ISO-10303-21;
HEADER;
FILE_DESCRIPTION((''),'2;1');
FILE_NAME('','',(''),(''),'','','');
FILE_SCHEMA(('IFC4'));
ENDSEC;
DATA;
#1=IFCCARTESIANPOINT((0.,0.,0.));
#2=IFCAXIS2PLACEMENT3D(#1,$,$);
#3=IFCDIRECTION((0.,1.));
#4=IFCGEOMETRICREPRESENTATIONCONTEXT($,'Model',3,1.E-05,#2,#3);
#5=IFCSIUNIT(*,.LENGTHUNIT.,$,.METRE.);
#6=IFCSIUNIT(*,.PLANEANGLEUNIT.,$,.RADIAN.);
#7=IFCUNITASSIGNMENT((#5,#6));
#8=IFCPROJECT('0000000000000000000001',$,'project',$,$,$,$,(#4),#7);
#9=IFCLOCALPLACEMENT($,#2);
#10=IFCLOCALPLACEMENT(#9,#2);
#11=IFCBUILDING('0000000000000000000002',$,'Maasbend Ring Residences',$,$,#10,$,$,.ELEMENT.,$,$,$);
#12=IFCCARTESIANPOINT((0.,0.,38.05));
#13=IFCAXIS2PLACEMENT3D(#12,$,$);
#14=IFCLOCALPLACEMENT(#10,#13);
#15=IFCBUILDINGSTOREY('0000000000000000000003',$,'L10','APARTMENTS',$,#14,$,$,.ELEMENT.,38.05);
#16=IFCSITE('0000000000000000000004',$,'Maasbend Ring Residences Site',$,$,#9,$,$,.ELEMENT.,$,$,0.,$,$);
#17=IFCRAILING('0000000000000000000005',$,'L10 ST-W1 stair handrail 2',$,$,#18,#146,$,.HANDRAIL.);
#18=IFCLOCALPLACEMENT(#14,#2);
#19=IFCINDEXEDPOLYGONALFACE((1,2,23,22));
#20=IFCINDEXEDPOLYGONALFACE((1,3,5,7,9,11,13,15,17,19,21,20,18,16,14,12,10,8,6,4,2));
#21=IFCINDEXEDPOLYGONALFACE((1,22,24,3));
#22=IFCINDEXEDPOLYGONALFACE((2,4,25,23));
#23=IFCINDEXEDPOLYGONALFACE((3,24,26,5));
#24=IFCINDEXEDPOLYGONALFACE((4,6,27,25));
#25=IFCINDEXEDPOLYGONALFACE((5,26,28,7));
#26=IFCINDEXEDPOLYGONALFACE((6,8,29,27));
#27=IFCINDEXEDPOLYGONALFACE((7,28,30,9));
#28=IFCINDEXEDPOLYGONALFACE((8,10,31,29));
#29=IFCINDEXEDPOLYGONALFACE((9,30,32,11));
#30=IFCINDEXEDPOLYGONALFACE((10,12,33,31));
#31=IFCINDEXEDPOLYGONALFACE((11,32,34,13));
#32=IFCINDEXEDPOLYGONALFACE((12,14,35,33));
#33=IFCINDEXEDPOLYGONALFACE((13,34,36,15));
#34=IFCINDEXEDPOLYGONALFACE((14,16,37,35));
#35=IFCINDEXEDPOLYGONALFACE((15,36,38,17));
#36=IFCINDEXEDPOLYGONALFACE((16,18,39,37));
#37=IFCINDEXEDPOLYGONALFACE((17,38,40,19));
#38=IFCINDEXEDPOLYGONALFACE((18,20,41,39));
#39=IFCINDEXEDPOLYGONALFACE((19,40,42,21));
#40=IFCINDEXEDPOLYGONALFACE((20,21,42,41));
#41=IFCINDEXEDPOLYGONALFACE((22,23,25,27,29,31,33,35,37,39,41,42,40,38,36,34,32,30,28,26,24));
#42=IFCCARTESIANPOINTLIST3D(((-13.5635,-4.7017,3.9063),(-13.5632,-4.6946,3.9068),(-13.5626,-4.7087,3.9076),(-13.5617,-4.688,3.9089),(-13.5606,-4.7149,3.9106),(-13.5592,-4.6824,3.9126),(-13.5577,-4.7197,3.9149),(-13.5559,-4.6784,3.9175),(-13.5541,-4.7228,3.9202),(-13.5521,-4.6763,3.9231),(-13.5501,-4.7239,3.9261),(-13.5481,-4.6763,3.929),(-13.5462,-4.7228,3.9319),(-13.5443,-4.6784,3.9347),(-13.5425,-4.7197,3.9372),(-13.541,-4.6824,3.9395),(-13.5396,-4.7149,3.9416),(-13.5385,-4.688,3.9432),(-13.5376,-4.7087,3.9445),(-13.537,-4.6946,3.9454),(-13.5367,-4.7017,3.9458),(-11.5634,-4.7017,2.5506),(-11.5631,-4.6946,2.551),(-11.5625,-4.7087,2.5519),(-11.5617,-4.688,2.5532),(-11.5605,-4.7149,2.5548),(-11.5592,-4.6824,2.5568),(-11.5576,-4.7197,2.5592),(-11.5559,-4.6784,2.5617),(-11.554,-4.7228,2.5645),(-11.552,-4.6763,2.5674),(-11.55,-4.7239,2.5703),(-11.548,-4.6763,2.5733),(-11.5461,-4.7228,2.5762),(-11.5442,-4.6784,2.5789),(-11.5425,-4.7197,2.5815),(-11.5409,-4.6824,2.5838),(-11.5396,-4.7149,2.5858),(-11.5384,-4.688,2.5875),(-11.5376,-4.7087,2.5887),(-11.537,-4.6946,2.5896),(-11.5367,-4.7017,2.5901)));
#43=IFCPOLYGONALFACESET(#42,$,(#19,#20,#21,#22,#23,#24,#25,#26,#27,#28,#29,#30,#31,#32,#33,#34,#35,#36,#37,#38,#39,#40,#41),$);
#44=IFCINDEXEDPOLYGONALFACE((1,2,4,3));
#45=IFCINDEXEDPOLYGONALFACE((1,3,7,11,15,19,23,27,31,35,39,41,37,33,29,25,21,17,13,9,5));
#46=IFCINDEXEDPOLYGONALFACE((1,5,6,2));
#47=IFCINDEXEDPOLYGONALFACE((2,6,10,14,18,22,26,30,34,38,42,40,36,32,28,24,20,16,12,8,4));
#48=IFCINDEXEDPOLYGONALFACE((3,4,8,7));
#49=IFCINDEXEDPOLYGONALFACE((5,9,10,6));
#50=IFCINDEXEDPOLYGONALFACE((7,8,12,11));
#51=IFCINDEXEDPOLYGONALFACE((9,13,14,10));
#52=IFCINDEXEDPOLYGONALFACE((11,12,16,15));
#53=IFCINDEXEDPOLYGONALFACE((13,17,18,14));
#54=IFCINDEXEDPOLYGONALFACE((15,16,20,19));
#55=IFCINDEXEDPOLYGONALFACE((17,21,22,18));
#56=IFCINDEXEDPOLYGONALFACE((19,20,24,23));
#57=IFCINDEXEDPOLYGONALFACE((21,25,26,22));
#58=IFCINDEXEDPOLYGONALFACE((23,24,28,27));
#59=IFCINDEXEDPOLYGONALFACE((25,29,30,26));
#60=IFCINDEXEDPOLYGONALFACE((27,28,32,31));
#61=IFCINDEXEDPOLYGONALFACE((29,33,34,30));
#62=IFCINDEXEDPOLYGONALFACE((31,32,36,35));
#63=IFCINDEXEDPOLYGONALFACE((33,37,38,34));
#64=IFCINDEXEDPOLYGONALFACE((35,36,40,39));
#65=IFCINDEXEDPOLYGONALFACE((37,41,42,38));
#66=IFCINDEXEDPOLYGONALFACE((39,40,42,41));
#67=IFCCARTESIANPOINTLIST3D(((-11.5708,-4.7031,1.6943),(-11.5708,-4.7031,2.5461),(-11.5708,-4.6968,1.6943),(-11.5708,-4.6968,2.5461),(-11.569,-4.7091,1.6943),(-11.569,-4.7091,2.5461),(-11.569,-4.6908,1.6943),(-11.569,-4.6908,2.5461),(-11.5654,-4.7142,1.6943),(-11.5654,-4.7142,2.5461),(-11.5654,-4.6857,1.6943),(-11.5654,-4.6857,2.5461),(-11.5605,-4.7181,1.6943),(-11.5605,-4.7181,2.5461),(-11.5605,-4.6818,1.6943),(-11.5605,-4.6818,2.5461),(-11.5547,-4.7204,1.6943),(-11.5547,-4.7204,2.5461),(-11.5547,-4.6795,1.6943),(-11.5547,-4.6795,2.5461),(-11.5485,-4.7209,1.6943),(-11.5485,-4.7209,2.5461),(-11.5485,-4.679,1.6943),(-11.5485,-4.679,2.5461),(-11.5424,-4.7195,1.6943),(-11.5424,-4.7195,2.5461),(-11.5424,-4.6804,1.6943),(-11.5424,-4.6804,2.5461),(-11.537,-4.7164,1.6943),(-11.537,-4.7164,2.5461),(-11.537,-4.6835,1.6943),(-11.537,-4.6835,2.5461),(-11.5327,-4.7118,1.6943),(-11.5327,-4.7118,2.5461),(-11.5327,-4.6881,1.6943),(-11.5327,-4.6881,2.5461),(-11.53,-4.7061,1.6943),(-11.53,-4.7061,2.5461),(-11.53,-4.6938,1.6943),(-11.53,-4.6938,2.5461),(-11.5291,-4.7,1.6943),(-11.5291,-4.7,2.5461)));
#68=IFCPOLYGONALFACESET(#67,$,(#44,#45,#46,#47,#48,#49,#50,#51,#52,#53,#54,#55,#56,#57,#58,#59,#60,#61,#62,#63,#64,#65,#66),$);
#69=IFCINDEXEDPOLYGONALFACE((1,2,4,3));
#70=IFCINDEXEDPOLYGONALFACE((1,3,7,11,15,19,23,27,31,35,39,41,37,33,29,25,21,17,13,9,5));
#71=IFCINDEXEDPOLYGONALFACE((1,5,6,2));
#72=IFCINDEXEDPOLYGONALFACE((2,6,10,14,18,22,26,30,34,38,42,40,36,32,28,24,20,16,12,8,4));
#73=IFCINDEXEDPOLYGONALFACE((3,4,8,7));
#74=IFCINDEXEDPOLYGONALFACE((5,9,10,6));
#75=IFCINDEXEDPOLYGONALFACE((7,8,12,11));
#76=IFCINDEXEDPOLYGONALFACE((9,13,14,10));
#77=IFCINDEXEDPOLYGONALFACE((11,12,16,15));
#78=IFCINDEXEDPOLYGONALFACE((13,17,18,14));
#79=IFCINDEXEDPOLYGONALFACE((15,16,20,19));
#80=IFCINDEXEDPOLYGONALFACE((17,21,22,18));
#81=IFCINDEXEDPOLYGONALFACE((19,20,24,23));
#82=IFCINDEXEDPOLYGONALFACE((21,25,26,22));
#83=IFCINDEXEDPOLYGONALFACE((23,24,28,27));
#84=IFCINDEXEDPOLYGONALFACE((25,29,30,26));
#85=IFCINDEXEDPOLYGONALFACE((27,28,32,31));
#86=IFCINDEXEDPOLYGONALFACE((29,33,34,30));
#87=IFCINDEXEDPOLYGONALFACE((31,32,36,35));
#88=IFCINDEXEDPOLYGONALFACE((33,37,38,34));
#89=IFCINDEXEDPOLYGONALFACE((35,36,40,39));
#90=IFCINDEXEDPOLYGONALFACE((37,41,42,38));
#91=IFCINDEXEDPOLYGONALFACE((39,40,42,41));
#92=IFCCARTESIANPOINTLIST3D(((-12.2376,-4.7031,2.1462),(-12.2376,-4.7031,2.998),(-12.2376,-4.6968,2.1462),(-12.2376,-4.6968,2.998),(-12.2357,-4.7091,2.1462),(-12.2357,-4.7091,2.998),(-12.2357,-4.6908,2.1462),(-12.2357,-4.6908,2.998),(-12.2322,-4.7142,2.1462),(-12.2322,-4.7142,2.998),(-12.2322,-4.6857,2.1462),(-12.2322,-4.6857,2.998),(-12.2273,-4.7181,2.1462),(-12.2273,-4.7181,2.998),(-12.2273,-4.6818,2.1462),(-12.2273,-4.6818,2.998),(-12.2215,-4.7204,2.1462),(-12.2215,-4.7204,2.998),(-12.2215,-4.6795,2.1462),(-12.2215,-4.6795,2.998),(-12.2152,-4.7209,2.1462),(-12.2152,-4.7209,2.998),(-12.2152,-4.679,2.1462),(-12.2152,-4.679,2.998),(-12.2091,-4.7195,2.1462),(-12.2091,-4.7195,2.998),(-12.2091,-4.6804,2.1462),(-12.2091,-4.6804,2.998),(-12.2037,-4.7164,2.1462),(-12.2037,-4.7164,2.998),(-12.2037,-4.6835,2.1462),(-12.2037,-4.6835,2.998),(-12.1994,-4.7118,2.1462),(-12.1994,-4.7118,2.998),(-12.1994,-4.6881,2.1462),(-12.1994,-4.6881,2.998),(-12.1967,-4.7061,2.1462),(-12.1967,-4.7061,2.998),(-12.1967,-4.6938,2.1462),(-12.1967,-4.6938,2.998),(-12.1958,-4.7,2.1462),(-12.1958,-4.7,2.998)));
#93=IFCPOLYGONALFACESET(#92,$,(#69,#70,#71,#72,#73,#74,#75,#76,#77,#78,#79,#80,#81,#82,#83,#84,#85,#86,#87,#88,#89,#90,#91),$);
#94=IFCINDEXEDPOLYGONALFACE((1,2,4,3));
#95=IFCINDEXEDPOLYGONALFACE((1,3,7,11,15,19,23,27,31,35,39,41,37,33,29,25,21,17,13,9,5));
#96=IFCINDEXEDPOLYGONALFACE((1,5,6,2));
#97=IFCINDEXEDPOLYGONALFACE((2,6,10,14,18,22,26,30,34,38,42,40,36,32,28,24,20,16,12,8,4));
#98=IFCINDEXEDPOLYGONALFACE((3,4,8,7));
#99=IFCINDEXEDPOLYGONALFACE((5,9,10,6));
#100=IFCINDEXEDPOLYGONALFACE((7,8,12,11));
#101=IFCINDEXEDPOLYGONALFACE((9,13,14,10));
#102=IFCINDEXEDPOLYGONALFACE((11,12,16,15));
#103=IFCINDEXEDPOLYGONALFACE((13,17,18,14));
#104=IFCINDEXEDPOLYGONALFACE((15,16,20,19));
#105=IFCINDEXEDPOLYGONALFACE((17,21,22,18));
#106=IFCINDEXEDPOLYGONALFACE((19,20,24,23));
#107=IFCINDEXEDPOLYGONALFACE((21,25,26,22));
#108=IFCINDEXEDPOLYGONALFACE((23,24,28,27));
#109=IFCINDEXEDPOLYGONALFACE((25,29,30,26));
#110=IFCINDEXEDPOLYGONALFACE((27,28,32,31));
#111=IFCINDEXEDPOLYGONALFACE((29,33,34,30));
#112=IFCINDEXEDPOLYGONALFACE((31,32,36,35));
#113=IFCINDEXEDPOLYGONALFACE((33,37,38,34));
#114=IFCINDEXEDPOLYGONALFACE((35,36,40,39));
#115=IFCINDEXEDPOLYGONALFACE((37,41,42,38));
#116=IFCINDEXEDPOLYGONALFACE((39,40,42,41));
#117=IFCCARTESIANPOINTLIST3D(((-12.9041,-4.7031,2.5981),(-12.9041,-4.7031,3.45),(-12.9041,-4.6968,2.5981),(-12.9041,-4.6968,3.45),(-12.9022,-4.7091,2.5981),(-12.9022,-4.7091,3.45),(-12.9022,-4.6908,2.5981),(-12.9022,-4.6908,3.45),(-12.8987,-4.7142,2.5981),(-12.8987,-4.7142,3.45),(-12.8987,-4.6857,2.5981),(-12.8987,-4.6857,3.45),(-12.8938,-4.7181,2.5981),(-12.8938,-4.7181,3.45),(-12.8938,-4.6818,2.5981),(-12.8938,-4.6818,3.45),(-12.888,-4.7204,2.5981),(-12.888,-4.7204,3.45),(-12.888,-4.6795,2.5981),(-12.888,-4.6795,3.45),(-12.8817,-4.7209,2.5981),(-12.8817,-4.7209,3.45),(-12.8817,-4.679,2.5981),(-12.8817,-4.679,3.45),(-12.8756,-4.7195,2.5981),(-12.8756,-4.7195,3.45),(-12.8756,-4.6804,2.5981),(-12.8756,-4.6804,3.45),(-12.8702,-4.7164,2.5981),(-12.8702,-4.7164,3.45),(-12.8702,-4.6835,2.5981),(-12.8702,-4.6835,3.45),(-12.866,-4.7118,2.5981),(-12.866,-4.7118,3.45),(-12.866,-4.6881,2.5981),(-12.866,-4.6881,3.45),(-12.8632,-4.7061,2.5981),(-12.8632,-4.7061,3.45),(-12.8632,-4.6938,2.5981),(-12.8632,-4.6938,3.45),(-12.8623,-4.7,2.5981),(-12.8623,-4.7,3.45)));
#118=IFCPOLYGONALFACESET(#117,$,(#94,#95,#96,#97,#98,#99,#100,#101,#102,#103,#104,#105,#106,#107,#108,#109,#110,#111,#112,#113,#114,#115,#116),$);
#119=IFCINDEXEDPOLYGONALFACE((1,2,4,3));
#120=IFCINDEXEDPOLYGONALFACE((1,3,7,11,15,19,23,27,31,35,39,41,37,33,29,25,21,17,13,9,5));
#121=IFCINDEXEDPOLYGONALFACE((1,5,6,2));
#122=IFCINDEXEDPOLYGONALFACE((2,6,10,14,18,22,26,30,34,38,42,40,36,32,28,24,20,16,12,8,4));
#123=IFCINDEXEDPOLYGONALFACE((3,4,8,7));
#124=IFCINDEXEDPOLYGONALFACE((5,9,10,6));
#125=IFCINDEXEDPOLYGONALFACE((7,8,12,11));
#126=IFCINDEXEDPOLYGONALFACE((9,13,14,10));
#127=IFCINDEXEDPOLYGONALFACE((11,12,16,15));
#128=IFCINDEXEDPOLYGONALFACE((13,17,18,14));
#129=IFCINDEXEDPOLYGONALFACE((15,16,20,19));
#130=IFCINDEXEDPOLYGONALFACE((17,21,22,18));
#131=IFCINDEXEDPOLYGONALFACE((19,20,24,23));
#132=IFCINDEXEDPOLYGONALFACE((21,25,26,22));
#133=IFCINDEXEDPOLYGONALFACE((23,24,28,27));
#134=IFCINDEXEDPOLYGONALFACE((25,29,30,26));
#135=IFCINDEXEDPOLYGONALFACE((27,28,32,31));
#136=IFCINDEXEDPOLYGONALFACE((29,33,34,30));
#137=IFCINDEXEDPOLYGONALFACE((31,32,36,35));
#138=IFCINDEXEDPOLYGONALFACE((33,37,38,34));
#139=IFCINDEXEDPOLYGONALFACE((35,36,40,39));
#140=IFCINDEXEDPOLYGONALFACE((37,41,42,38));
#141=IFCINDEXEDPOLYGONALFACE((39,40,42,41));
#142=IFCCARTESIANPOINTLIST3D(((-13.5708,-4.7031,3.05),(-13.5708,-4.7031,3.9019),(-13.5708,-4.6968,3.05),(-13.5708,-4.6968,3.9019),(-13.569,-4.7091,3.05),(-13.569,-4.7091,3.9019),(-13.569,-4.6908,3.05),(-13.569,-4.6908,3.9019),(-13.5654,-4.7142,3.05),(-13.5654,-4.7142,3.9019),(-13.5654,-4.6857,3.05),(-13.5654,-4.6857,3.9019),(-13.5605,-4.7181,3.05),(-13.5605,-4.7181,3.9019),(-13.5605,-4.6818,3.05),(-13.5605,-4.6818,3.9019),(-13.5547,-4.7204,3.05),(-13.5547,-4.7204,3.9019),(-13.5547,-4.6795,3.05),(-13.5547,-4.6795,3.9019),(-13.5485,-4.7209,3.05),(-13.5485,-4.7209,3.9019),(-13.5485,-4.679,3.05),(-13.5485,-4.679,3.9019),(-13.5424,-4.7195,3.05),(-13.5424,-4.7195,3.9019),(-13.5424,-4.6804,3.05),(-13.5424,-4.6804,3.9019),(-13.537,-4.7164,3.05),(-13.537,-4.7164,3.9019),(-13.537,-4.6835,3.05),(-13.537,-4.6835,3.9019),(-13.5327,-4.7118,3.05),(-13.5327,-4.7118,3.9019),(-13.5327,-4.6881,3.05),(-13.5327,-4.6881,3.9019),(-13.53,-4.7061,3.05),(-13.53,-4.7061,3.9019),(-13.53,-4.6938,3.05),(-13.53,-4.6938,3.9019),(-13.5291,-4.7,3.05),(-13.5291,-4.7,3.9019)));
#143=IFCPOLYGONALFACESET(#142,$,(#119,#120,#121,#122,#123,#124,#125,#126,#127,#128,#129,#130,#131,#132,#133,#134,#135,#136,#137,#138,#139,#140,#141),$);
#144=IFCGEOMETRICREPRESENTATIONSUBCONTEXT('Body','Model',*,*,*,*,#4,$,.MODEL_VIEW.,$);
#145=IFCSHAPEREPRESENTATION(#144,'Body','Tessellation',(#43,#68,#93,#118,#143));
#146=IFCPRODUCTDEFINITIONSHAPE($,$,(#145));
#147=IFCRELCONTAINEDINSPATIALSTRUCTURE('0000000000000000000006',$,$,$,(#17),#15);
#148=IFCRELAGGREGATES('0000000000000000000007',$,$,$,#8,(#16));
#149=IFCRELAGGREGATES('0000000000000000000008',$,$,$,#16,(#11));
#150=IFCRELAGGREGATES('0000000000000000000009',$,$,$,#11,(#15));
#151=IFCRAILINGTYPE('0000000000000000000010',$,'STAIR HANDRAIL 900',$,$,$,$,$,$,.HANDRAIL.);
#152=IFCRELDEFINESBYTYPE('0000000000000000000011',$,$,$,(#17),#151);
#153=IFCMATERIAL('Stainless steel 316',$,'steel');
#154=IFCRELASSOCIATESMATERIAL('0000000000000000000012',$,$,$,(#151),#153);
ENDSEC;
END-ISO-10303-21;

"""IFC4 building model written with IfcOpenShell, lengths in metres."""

from ifc_helpers import new_model, si_unit, direction, frame, origin, origin_2d, place, context, subcontext, project, spatial, circle, extrude, material, type_object, element, save


model = new_model("IFC4")

# Units and contexts
model_context = context("Model", 3, precision=1e-05, world=origin(), true_north=direction((0.0, 1.0)))
body_context = subcontext(model_context, "Body", "Model", "MODEL_VIEW")
ifc_project = project(units=[si_unit("LENGTHUNIT", "METRE"), si_unit("PLANEANGLEUNIT", "RADIAN")], contexts=[model_context])

# Site, building, storey
site_placement = place(None, origin())
site = spatial("IfcSite", under=ifc_project, at=site_placement, Name="Maasbend Ring Residences Site", CompositionType="ELEMENT", RefElevation=0.0)
building_placement = place(site_placement, origin())
building = spatial("IfcBuilding", under=site, at=building_placement, Name="Maasbend Ring Residences", CompositionType="ELEMENT")
storey_placement = place(building_placement, frame((0.0, 0.0, 38.05)))
storey = spatial("IfcBuildingStorey", under=building, at=storey_placement, Name="L10", Description="APARTMENTS", CompositionType="ELEMENT", Elevation=38.05)

# Railing
ifc_material_1 = material(Name="Stainless steel 316", Category="steel")
railing_type_1 = type_object("IfcRailingType", Name="STAIR HANDRAIL 900", PredefinedType="HANDRAIL", material=ifc_material_1)
railing_1_placement = place(storey_placement, frame((-11.55, -4.7, 1.6943)))
element("IfcRailing", 1, at=railing_1_placement, inside=storey, type_object=railing_type_1, Name="L10 ST-W1 stair handrail 2", PredefinedType="HANDRAIL", context=body_context, shape_type="SweptSolid", body=[
    extrude(circle(Radius=0.0239, at=origin_2d()), frame((0.0, 0.0, 0.876), z_axis=(-0.827751, 0.0, 0.561096), x_axis=(0.0, -1.0, 0.0)), (0.0, 0.0, 1.0), 2.4163),
    extrude(circle(Radius=0.021, at=origin_2d()), origin(), (0.0, 0.0, 1.0), 0.8518),
    extrude(circle(Radius=0.021, at=origin_2d()), frame((-0.6667, 0.0, 0.4519)), (0.0, 0.0, 1.0), 0.8518),
    extrude(circle(Radius=0.021, at=origin_2d()), frame((-1.3333, 0.0, 0.9038)), (0.0, 0.0, 1.0), 0.8518),
    extrude(circle(Radius=0.021, at=origin_2d()), frame((-2.0, 0.0, 1.3557)), (0.0, 0.0, 1.0), 0.8518),
])

save(model, "model.ifc")
